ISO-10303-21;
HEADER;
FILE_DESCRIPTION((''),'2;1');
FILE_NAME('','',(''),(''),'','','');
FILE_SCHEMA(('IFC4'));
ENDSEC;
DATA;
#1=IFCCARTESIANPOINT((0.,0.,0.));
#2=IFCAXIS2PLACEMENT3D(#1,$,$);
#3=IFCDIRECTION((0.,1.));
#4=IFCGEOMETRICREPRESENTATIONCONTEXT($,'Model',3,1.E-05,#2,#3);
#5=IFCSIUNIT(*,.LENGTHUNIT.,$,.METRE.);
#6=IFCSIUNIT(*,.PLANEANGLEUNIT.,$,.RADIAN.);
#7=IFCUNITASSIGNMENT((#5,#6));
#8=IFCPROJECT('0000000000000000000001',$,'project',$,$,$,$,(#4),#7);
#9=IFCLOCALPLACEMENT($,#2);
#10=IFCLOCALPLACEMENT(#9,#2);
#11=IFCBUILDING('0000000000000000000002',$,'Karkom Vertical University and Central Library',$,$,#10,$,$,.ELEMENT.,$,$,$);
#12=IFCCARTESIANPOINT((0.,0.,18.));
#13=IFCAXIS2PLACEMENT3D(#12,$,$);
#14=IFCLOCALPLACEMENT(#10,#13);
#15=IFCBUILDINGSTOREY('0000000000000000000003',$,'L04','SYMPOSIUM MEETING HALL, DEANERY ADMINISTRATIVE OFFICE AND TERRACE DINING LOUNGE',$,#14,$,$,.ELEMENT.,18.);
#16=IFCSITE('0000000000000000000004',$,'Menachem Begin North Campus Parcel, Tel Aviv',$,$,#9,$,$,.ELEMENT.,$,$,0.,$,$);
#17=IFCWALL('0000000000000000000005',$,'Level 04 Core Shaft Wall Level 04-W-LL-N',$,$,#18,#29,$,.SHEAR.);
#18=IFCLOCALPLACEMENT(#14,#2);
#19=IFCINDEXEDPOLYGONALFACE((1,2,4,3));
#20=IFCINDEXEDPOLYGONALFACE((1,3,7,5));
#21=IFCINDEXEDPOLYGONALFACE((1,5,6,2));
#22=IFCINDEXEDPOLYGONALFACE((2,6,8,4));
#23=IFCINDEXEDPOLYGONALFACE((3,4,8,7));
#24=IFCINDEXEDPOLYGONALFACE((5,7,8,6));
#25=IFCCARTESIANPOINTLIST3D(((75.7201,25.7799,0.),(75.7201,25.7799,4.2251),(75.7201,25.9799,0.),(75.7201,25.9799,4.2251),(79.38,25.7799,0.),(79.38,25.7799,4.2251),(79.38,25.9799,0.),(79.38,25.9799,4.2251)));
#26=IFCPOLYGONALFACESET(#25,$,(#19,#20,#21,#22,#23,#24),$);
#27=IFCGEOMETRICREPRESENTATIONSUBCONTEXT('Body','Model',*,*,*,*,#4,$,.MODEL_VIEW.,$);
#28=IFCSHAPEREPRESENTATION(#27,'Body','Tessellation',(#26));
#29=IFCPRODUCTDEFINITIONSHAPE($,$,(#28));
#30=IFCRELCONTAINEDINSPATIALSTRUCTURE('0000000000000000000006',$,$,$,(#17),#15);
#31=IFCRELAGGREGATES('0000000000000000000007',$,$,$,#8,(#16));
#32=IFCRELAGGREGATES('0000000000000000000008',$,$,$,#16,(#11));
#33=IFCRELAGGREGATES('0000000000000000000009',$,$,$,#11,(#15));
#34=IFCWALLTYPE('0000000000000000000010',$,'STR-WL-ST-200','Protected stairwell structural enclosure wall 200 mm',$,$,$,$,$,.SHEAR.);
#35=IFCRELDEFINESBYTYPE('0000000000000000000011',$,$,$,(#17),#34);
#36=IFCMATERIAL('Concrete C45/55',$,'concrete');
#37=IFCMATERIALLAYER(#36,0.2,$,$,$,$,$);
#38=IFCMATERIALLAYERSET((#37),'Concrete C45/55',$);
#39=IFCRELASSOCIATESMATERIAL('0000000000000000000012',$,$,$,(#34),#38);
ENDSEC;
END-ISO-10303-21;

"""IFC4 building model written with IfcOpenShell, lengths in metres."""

from ifc_helpers import new_model, si_unit, direction, frame, frame_2d, origin, place, context, subcontext, project, spatial, rectangle, extrude, material, layer, layer_set, type_object, element, save


model = new_model("IFC4")

# Units and contexts
model_context = context("Model", 3, precision=1e-05, world=origin(), true_north=direction((0.0, 1.0)))
body_context = subcontext(model_context, "Body", "Model", "MODEL_VIEW")
ifc_project = project(units=[si_unit("LENGTHUNIT", "METRE"), si_unit("PLANEANGLEUNIT", "RADIAN")], contexts=[model_context])

# Site, building, storey
site_placement = place(None, origin())
site = spatial("IfcSite", under=ifc_project, at=site_placement, Name="Menachem Begin North Campus Parcel, Tel Aviv", CompositionType="ELEMENT", RefElevation=0.0)
building_placement = place(site_placement, origin())
building = spatial("IfcBuilding", under=site, at=building_placement, Name="Karkom Vertical University and Central Library", CompositionType="ELEMENT")
storey_placement = place(building_placement, frame((0.0, 0.0, 18.0)))
storey = spatial("IfcBuildingStorey", under=building, at=storey_placement, Name="L04", Description="SYMPOSIUM MEETING HALL, DEANERY ADMINISTRATIVE OFFICE AND TERRACE DINING LOUNGE", CompositionType="ELEMENT", Elevation=18.0)

# Shared definitions
ifc_material_1 = material(Name="Concrete C45/55", Category="concrete")

# Wall
ifc_layer_1 = layer(ifc_material_1, 0.2)
ifc_layer_set_1 = layer_set([ifc_layer_1], Name="Concrete C45/55")
wall_type_1 = type_object("IfcWallType", Name="STR-WL-ST-200", Description="Protected stairwell structural enclosure wall 200 mm", PredefinedType="SHEAR", material=ifc_layer_set_1)
wall_1_placement = place(storey_placement, frame((75.72, 25.8799, 0.0), z_axis=(0.0, 0.0, 1.0), x_axis=(1.0, 0.0, 0.0)))
element("IfcWall", 1, at=wall_1_placement, inside=storey, type_object=wall_type_1, Name="Level 04 Core Shaft Wall Level 04-W-LL-N", PredefinedType="SHEAR", context=body_context, shape_type="SweptSolid", body=[
    extrude(rectangle(XDim=3.6599, YDim=0.2, at=frame_2d((1.8301, 0.0))), origin(), (0.0, 0.0, 1.0), 4.2251),
])

save(model, "model.ifc")
